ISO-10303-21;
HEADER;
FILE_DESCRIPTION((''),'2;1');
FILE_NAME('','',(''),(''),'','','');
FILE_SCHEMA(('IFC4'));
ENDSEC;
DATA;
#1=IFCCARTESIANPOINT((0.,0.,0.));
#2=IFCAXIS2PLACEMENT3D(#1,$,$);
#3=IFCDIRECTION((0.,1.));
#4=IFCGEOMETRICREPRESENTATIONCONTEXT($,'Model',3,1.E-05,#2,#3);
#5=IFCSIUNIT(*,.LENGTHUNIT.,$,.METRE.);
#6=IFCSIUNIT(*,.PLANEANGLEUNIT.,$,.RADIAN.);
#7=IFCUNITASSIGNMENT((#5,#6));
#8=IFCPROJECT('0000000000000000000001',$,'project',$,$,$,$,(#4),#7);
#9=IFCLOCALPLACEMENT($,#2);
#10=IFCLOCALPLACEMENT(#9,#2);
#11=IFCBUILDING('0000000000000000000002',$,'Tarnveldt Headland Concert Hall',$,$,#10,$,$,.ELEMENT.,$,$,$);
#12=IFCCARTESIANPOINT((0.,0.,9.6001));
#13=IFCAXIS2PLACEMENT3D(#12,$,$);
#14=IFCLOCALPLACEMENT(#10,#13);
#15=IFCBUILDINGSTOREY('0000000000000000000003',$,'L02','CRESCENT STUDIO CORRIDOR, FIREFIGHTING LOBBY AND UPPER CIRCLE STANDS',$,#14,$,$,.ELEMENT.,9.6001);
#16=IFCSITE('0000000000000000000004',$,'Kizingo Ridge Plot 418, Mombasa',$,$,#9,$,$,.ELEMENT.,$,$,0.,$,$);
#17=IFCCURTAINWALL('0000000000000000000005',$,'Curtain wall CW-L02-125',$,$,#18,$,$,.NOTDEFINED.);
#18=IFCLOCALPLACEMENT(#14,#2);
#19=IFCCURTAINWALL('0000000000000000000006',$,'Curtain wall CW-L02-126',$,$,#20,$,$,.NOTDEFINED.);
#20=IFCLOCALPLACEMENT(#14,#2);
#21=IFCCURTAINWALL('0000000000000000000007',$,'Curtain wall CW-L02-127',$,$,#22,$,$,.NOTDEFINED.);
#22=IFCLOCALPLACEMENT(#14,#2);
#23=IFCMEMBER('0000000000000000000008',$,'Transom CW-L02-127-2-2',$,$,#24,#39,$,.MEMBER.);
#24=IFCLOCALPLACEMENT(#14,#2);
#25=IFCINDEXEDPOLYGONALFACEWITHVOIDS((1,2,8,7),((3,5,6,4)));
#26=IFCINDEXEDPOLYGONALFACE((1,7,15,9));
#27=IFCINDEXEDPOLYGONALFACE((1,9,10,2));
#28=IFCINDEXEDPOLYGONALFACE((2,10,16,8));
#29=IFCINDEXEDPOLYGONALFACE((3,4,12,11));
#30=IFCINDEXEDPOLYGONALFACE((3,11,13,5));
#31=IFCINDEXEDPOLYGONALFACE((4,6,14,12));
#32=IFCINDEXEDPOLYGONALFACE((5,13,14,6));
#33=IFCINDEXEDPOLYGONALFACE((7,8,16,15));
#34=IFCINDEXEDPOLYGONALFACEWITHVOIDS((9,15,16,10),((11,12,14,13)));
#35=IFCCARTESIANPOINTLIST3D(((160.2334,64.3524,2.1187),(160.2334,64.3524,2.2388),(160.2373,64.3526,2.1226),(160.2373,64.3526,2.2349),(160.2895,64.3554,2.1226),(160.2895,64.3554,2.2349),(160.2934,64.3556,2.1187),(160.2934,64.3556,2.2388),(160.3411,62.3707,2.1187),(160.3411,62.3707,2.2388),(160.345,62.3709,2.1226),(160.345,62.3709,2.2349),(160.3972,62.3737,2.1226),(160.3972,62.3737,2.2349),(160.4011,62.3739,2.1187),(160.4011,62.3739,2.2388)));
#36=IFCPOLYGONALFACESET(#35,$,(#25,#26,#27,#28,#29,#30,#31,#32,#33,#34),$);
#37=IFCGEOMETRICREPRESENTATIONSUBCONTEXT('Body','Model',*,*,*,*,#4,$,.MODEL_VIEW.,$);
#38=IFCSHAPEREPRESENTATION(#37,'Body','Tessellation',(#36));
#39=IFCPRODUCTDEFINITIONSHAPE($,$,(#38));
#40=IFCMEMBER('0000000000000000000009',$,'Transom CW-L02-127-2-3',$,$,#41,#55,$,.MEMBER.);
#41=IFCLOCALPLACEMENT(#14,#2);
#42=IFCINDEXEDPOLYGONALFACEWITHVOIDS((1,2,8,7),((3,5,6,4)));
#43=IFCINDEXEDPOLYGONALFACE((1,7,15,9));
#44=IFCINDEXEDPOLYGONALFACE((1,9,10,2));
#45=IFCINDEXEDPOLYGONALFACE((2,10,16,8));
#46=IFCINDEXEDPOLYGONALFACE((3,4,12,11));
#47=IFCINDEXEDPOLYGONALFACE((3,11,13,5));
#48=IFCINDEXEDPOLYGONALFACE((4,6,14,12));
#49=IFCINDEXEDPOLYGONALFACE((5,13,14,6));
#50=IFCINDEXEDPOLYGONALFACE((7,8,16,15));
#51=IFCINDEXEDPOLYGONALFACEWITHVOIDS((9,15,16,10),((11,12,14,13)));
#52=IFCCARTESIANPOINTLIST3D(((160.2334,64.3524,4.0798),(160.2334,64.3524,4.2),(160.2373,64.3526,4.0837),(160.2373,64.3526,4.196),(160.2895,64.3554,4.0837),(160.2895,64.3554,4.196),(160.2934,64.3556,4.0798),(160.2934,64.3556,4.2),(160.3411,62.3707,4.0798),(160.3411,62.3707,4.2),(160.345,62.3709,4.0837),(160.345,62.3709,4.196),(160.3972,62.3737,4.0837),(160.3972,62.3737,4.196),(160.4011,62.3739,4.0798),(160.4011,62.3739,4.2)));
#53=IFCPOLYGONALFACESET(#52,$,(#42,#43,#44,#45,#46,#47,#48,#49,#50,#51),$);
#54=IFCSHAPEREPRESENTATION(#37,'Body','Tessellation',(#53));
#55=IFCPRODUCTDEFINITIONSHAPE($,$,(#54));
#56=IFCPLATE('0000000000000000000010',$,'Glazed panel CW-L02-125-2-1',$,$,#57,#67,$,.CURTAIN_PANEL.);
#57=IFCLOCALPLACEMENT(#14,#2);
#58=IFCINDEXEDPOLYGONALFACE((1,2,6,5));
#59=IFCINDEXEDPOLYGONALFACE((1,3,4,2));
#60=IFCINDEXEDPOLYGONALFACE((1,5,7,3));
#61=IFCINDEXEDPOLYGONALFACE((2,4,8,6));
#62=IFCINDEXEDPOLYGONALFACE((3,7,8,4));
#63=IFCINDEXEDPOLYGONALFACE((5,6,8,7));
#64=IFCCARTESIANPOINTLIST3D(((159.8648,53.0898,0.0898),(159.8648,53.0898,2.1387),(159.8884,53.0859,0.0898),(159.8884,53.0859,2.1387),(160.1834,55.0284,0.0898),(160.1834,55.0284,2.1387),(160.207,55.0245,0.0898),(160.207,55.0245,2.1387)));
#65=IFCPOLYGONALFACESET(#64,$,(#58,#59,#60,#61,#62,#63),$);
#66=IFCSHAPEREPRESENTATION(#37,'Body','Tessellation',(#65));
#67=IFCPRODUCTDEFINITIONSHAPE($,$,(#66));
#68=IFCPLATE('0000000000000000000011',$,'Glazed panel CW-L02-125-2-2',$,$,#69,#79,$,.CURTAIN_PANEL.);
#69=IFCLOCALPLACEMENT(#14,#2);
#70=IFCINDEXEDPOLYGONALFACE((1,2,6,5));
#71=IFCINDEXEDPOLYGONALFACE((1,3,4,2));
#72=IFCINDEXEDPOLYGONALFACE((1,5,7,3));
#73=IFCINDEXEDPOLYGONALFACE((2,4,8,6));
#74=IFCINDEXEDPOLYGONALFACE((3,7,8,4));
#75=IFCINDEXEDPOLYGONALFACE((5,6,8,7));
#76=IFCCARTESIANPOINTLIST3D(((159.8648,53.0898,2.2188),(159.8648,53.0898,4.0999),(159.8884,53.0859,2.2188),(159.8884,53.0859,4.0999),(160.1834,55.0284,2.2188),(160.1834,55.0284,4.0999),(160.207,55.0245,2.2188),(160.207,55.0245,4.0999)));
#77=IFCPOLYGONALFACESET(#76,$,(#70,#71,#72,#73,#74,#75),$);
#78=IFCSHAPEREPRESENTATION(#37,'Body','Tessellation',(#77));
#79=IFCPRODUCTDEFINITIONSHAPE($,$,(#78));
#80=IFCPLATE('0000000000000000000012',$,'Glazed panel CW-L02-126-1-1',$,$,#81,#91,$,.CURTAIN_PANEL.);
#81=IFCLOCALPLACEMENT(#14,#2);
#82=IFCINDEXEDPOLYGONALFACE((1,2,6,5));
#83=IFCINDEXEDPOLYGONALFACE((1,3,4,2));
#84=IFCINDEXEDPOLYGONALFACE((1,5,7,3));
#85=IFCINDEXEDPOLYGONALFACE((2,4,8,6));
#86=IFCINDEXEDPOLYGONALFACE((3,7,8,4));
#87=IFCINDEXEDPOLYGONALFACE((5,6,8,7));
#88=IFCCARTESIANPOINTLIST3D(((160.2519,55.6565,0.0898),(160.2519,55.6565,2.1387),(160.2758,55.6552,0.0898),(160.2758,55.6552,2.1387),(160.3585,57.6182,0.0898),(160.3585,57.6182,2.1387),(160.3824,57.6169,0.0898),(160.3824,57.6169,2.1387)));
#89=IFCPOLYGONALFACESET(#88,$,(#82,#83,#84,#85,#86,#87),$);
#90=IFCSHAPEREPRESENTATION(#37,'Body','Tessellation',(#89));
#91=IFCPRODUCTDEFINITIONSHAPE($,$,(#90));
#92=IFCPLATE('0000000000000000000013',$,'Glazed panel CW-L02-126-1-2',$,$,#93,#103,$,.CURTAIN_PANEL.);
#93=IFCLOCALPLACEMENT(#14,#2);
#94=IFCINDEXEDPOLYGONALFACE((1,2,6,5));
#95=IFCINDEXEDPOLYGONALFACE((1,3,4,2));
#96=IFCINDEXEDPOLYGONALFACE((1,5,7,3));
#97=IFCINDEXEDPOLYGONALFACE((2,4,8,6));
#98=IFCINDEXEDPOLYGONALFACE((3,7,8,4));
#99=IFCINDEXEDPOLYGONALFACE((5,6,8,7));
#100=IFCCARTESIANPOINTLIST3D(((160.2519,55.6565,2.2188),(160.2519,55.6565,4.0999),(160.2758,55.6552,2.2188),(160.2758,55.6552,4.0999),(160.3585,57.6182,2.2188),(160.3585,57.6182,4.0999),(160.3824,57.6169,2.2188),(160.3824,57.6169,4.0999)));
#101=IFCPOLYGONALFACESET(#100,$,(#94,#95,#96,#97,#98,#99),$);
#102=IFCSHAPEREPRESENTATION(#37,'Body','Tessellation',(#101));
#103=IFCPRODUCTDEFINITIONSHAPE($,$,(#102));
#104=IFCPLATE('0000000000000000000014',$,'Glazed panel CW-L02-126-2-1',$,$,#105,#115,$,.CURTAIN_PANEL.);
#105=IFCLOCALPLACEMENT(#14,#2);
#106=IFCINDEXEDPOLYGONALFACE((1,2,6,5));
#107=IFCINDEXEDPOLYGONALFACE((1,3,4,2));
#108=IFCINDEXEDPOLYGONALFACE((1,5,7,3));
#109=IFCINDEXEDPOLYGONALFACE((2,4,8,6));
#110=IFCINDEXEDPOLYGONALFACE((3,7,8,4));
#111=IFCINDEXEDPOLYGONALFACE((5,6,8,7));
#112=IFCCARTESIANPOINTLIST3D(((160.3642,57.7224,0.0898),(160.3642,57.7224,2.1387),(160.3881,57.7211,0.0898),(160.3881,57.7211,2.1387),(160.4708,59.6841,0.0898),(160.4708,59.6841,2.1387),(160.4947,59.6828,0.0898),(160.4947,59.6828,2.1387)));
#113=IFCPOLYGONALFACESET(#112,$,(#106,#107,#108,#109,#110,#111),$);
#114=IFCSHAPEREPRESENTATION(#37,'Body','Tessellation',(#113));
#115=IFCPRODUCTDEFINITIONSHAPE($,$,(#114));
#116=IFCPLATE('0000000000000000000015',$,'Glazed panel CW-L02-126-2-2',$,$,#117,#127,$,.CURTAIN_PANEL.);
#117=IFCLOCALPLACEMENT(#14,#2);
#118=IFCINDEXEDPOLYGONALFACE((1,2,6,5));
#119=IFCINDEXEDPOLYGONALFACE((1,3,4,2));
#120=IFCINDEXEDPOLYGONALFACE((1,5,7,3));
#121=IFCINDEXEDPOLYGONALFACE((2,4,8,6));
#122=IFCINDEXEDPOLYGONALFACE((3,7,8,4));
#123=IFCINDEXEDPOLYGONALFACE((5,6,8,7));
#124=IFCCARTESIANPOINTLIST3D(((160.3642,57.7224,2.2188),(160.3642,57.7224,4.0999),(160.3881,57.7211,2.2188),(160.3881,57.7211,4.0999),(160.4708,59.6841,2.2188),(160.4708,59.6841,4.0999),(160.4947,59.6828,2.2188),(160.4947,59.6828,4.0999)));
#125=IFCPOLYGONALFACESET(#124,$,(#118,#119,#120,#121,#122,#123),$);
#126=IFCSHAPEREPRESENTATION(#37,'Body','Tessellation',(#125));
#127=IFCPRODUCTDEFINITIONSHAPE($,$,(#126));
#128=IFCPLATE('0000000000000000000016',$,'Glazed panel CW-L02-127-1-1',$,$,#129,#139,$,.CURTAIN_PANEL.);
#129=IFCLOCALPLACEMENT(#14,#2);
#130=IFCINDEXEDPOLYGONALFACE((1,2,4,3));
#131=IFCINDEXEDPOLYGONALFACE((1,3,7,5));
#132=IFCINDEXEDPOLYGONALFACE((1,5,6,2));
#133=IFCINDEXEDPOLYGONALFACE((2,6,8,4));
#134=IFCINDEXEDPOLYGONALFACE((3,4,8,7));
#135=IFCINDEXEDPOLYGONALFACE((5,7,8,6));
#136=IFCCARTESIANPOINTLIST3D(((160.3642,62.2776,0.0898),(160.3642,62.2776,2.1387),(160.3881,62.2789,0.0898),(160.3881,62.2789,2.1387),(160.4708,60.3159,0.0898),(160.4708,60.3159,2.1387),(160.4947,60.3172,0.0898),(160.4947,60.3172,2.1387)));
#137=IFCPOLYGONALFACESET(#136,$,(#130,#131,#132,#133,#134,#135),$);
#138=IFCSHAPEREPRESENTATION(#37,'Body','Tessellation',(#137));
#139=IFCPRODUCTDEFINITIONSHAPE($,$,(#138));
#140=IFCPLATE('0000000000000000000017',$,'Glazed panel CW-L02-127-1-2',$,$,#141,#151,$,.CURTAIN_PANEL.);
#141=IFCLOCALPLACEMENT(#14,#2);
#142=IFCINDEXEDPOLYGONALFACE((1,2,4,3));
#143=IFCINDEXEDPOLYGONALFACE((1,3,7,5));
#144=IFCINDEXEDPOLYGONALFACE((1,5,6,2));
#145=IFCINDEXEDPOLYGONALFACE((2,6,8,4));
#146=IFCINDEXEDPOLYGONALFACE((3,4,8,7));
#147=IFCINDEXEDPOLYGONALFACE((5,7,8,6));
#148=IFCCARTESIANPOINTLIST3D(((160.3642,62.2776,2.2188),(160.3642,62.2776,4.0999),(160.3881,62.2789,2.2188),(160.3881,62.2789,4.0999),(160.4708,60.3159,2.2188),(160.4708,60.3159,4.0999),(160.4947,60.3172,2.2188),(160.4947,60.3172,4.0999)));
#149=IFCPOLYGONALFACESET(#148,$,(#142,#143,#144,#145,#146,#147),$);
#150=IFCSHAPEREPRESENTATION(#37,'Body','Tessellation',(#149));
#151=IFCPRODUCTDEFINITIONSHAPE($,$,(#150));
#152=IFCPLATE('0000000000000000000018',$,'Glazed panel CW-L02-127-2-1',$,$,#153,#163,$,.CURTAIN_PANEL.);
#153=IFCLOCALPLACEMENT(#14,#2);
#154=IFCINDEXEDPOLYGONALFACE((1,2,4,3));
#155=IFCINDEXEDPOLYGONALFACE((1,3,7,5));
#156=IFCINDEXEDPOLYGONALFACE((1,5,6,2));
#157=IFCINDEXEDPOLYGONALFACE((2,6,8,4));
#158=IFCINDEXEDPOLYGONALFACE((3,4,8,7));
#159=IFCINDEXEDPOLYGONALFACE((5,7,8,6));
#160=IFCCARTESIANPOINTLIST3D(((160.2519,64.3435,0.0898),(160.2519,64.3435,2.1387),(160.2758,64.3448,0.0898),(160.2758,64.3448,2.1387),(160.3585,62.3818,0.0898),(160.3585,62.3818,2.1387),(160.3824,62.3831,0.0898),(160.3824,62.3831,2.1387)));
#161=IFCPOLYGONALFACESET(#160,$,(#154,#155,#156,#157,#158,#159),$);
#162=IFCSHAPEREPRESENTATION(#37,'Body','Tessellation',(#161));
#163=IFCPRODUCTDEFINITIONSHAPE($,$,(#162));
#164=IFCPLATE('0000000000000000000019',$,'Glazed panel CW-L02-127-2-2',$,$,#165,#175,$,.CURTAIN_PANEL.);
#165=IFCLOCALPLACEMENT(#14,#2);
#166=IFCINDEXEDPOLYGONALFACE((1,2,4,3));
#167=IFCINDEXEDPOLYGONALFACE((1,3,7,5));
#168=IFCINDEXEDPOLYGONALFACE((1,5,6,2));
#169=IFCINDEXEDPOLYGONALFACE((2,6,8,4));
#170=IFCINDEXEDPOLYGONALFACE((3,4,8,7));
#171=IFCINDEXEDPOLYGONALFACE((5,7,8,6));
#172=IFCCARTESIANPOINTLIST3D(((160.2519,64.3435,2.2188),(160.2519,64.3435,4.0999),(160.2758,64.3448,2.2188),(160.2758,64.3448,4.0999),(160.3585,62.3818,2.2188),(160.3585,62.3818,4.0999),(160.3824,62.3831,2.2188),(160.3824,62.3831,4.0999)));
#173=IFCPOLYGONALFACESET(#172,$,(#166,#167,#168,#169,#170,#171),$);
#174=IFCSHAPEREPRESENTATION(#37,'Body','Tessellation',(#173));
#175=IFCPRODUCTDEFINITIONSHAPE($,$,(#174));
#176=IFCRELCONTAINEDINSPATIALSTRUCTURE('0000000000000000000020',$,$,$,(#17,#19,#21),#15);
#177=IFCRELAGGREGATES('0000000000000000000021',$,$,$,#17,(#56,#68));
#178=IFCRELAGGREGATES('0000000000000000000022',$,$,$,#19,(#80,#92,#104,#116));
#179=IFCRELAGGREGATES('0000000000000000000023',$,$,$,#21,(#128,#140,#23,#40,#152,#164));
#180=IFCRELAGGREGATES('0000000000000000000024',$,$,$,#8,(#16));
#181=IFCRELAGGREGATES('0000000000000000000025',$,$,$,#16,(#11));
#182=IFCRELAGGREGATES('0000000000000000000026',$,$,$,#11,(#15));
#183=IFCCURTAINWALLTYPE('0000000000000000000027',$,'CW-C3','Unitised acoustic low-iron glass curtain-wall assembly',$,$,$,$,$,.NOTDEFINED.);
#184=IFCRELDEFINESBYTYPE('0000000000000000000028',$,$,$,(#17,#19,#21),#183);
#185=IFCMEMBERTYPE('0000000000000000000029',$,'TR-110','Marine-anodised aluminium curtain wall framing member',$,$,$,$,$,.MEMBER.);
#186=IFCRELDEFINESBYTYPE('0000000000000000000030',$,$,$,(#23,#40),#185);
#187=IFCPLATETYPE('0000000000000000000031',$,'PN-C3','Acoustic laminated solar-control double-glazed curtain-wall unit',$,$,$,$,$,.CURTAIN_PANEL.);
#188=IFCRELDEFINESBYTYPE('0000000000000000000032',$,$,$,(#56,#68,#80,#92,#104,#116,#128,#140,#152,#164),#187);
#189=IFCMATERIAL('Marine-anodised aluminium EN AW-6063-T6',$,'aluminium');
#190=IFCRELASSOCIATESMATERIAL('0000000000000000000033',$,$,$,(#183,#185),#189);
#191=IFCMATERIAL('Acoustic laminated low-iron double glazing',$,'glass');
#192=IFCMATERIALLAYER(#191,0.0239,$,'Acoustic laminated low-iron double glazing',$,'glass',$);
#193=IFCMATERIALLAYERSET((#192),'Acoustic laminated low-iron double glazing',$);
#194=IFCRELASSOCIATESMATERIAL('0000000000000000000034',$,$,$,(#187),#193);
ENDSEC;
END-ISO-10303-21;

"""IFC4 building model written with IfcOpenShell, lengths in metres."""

from ifc_helpers import new_model, si_unit, direction, frame, origin, origin_2d, place, context, subcontext, project, spatial, rectangle, hollow_rectangle, extrude, material, layer, layer_set, material_profile, profile_set, type_object, element, aggregate, save


model = new_model("IFC4")

# Units and contexts
model_context = context("Model", 3, precision=1e-05, world=origin(), true_north=direction((0.0, 1.0)))
body_context = subcontext(model_context, "Body", "Model", "MODEL_VIEW")
ifc_project = project(units=[si_unit("LENGTHUNIT", "METRE"), si_unit("PLANEANGLEUNIT", "RADIAN")], contexts=[model_context])

# Site, building, storey
site_placement = place(None, origin())
site = spatial("IfcSite", under=ifc_project, at=site_placement, Name="Kizingo Ridge Plot 418, Mombasa", CompositionType="ELEMENT", RefElevation=0.0)
building_placement = place(site_placement, origin())
building = spatial("IfcBuilding", under=site, at=building_placement, Name="Tarnveldt Headland Concert Hall", CompositionType="ELEMENT")
storey_placement = place(building_placement, frame((0.0, 0.0, 9.6001)))
storey = spatial("IfcBuildingStorey", under=building, at=storey_placement, Name="L02", Description="CRESCENT STUDIO CORRIDOR, FIREFIGHTING LOBBY AND UPPER CIRCLE STANDS", CompositionType="ELEMENT", Elevation=9.6001)

# Curtain wall
ifc_material_1 = material(Name="Marine-anodised aluminium EN AW-6063-T6", Category="aluminium")
curtain_wall_type = type_object("IfcCurtainWallType", Name="CW-C3", Description="Unitised acoustic low-iron glass curtain-wall assembly", PredefinedType="NOTDEFINED", material=ifc_material_1)
curtain_wall_1_placement = place(storey_placement, origin())
curtain_wall_1 = element("IfcCurtainWall", 1, at=curtain_wall_1_placement, inside=storey, type_object=curtain_wall_type, Name="Curtain wall CW-L02-125", PredefinedType="NOTDEFINED")

# Curtain walls
curtain_wall_2_placement = place(storey_placement, origin())
curtain_wall_2 = element("IfcCurtainWall", 2, at=curtain_wall_2_placement, inside=storey, type_object=curtain_wall_type, Name="Curtain wall CW-L02-126", PredefinedType="NOTDEFINED")
curtain_wall_3_placement = place(storey_placement, origin())
curtain_wall_3 = element("IfcCurtainWall", 3, at=curtain_wall_3_placement, inside=storey, type_object=curtain_wall_type, Name="Curtain wall CW-L02-127", PredefinedType="NOTDEFINED")

# Members
ifc_material_profile_1 = material_profile(ifc_material_1, hollow_rectangle(XDim=0.0601, YDim=0.1201, WallThickness=0.0039, at=origin_2d()), Name="ALU TRANSOM 60x120x4", Category="aluminium")
ifc_profile_set_1 = profile_set([ifc_material_profile_1], Name="Marine-anodised aluminium EN AW-6063-T6")
member_type_1 = type_object("IfcMemberType", Name="TR-110", Description="Marine-anodised aluminium curtain wall framing member", PredefinedType="MEMBER", material=ifc_profile_set_1)
member_1_placement = place(storey_placement, frame((160.3711, 62.3723, 2.1787), z_axis=(-0.05425, 0.998527, 0.0), x_axis=(-0.998527, -0.05425, 0.0)))
member_1 = element("IfcMember", 4, at=member_1_placement, type_object=member_type_1, Name="Transom CW-L02-127-2-2", PredefinedType="MEMBER", context=body_context, shape_type="SweptSolid", body=[
    extrude(hollow_rectangle(XDim=0.0601, YDim=0.1201, WallThickness=0.0039, at=origin_2d()), origin(), (0.0, 0.0, 1.0), 1.9846),
])
member_2_placement = place(storey_placement, frame((160.3711, 62.3723, 4.1399), z_axis=(-0.05425, 0.998527, 0.0), x_axis=(-0.998527, -0.05425, 0.0)))
member_2 = element("IfcMember", 5, at=member_2_placement, type_object=member_type_1, Name="Transom CW-L02-127-2-3", PredefinedType="MEMBER", context=body_context, shape_type="SweptSolid", body=[
    extrude(hollow_rectangle(XDim=0.0601, YDim=0.1201, WallThickness=0.0039, at=origin_2d()), origin(), (0.0, 0.0, 1.0), 1.9846),
])

# Plates
ifc_material_2 = material(Name="Acoustic laminated low-iron double glazing", Category="glass")
ifc_layer = layer(ifc_material_2, 0.0239, Name="Acoustic laminated low-iron double glazing", Category="glass")
ifc_layer_set = layer_set([ifc_layer], Name="Acoustic laminated low-iron double glazing")
plate_type = type_object("IfcPlateType", Name="PN-C3", Description="Acoustic laminated solar-control double-glazed curtain-wall unit", PredefinedType="CURTAIN_PANEL", material=ifc_layer_set)
plate_1_placement = place(storey_placement, frame((160.0359, 54.0571, 0.0898), z_axis=(0.0, 0.0, 1.0), x_axis=(0.162172, 0.986762, 0.0)))
plate_1 = element("IfcPlate", 6, at=plate_1_placement, type_object=plate_type, Name="Glazed panel CW-L02-125-2-1", PredefinedType="CURTAIN_PANEL", context=body_context, shape_type="SweptSolid", body=[
    extrude(rectangle(XDim=1.9646, YDim=0.0239, at=origin_2d()), origin(), (0.0, 0.0, 1.0), 2.0488),
])
plate_2_placement = place(storey_placement, frame((160.0359, 54.0571, 2.2188), z_axis=(0.0, 0.0, 1.0), x_axis=(0.162172, 0.986762, 0.0)))
plate_2 = element("IfcPlate", 7, at=plate_2_placement, type_object=plate_type, Name="Glazed panel CW-L02-125-2-2", PredefinedType="CURTAIN_PANEL", context=body_context, shape_type="SweptSolid", body=[
    extrude(rectangle(XDim=1.9646, YDim=0.0239, at=origin_2d()), origin(), (0.0, 0.0, 1.0), 1.8811),
])
aggregate(curtain_wall_1, [plate_1, plate_2])
plate_3_placement = place(storey_placement, frame((160.3171, 56.6367, 0.0898), z_axis=(0.0, 0.0, 1.0), x_axis=(0.054253, 0.998527, 0.0)))
plate_3 = element("IfcPlate", 8, at=plate_3_placement, type_object=plate_type, Name="Glazed panel CW-L02-126-1-1", PredefinedType="CURTAIN_PANEL", context=body_context, shape_type="SweptSolid", body=[
    extrude(rectangle(XDim=1.9646, YDim=0.0239, at=origin_2d()), origin(), (0.0, 0.0, 1.0), 2.0488),
])
plate_4_placement = place(storey_placement, frame((160.3171, 56.6367, 2.2188), z_axis=(0.0, 0.0, 1.0), x_axis=(0.054253, 0.998527, 0.0)))
plate_4 = element("IfcPlate", 9, at=plate_4_placement, type_object=plate_type, Name="Glazed panel CW-L02-126-1-2", PredefinedType="CURTAIN_PANEL", context=body_context, shape_type="SweptSolid", body=[
    extrude(rectangle(XDim=1.9646, YDim=0.0239, at=origin_2d()), origin(), (0.0, 0.0, 1.0), 1.8811),
])
plate_5_placement = place(storey_placement, frame((160.4294, 58.7026, 0.0898), z_axis=(0.0, 0.0, 1.0), x_axis=(0.054253, 0.998527, 0.0)))
plate_5 = element("IfcPlate", 10, at=plate_5_placement, type_object=plate_type, Name="Glazed panel CW-L02-126-2-1", PredefinedType="CURTAIN_PANEL", context=body_context, shape_type="SweptSolid", body=[
    extrude(rectangle(XDim=1.9646, YDim=0.0239, at=origin_2d()), origin(), (0.0, 0.0, 1.0), 2.0488),
])
plate_6_placement = place(storey_placement, frame((160.4294, 58.7026, 2.2188), z_axis=(0.0, 0.0, 1.0), x_axis=(0.054253, 0.998527, 0.0)))
plate_6 = element("IfcPlate", 11, at=plate_6_placement, type_object=plate_type, Name="Glazed panel CW-L02-126-2-2", PredefinedType="CURTAIN_PANEL", context=body_context, shape_type="SweptSolid", body=[
    extrude(rectangle(XDim=1.9646, YDim=0.0239, at=origin_2d()), origin(), (0.0, 0.0, 1.0), 1.8811),
])
aggregate(curtain_wall_2, [plate_3, plate_4, plate_5, plate_6])
plate_7_placement = place(storey_placement, frame((160.4294, 61.2974, 0.0898), z_axis=(0.0, 0.0, 1.0), x_axis=(-0.054253, 0.998527, 0.0)))
plate_7 = element("IfcPlate", 12, at=plate_7_placement, type_object=plate_type, Name="Glazed panel CW-L02-127-1-1", PredefinedType="CURTAIN_PANEL", context=body_context, shape_type="SweptSolid", body=[
    extrude(rectangle(XDim=1.9646, YDim=0.0239, at=origin_2d()), origin(), (0.0, 0.0, 1.0), 2.0488),
])
plate_8_placement = place(storey_placement, frame((160.4294, 61.2974, 2.2188), z_axis=(0.0, 0.0, 1.0), x_axis=(-0.054253, 0.998527, 0.0)))
plate_8 = element("IfcPlate", 13, at=plate_8_placement, type_object=plate_type, Name="Glazed panel CW-L02-127-1-2", PredefinedType="CURTAIN_PANEL", context=body_context, shape_type="SweptSolid", body=[
    extrude(rectangle(XDim=1.9646, YDim=0.0239, at=origin_2d()), origin(), (0.0, 0.0, 1.0), 1.8811),
])
plate_9_placement = place(storey_placement, frame((160.3171, 63.3633, 0.0898), z_axis=(0.0, 0.0, 1.0), x_axis=(-0.054253, 0.998527, 0.0)))
plate_9 = element("IfcPlate", 14, at=plate_9_placement, type_object=plate_type, Name="Glazed panel CW-L02-127-2-1", PredefinedType="CURTAIN_PANEL", context=body_context, shape_type="SweptSolid", body=[
    extrude(rectangle(XDim=1.9646, YDim=0.0239, at=origin_2d()), origin(), (0.0, 0.0, 1.0), 2.0488),
])
plate_10_placement = place(storey_placement, frame((160.3171, 63.3633, 2.2188), z_axis=(0.0, 0.0, 1.0), x_axis=(-0.054253, 0.998527, 0.0)))
plate_10 = element("IfcPlate", 15, at=plate_10_placement, type_object=plate_type, Name="Glazed panel CW-L02-127-2-2", PredefinedType="CURTAIN_PANEL", context=body_context, shape_type="SweptSolid", body=[
    extrude(rectangle(XDim=1.9646, YDim=0.0239, at=origin_2d()), origin(), (0.0, 0.0, 1.0), 1.8811),
])
aggregate(curtain_wall_3, [plate_7, plate_8, member_1, member_2, plate_9, plate_10])

save(model, "model.ifc")
